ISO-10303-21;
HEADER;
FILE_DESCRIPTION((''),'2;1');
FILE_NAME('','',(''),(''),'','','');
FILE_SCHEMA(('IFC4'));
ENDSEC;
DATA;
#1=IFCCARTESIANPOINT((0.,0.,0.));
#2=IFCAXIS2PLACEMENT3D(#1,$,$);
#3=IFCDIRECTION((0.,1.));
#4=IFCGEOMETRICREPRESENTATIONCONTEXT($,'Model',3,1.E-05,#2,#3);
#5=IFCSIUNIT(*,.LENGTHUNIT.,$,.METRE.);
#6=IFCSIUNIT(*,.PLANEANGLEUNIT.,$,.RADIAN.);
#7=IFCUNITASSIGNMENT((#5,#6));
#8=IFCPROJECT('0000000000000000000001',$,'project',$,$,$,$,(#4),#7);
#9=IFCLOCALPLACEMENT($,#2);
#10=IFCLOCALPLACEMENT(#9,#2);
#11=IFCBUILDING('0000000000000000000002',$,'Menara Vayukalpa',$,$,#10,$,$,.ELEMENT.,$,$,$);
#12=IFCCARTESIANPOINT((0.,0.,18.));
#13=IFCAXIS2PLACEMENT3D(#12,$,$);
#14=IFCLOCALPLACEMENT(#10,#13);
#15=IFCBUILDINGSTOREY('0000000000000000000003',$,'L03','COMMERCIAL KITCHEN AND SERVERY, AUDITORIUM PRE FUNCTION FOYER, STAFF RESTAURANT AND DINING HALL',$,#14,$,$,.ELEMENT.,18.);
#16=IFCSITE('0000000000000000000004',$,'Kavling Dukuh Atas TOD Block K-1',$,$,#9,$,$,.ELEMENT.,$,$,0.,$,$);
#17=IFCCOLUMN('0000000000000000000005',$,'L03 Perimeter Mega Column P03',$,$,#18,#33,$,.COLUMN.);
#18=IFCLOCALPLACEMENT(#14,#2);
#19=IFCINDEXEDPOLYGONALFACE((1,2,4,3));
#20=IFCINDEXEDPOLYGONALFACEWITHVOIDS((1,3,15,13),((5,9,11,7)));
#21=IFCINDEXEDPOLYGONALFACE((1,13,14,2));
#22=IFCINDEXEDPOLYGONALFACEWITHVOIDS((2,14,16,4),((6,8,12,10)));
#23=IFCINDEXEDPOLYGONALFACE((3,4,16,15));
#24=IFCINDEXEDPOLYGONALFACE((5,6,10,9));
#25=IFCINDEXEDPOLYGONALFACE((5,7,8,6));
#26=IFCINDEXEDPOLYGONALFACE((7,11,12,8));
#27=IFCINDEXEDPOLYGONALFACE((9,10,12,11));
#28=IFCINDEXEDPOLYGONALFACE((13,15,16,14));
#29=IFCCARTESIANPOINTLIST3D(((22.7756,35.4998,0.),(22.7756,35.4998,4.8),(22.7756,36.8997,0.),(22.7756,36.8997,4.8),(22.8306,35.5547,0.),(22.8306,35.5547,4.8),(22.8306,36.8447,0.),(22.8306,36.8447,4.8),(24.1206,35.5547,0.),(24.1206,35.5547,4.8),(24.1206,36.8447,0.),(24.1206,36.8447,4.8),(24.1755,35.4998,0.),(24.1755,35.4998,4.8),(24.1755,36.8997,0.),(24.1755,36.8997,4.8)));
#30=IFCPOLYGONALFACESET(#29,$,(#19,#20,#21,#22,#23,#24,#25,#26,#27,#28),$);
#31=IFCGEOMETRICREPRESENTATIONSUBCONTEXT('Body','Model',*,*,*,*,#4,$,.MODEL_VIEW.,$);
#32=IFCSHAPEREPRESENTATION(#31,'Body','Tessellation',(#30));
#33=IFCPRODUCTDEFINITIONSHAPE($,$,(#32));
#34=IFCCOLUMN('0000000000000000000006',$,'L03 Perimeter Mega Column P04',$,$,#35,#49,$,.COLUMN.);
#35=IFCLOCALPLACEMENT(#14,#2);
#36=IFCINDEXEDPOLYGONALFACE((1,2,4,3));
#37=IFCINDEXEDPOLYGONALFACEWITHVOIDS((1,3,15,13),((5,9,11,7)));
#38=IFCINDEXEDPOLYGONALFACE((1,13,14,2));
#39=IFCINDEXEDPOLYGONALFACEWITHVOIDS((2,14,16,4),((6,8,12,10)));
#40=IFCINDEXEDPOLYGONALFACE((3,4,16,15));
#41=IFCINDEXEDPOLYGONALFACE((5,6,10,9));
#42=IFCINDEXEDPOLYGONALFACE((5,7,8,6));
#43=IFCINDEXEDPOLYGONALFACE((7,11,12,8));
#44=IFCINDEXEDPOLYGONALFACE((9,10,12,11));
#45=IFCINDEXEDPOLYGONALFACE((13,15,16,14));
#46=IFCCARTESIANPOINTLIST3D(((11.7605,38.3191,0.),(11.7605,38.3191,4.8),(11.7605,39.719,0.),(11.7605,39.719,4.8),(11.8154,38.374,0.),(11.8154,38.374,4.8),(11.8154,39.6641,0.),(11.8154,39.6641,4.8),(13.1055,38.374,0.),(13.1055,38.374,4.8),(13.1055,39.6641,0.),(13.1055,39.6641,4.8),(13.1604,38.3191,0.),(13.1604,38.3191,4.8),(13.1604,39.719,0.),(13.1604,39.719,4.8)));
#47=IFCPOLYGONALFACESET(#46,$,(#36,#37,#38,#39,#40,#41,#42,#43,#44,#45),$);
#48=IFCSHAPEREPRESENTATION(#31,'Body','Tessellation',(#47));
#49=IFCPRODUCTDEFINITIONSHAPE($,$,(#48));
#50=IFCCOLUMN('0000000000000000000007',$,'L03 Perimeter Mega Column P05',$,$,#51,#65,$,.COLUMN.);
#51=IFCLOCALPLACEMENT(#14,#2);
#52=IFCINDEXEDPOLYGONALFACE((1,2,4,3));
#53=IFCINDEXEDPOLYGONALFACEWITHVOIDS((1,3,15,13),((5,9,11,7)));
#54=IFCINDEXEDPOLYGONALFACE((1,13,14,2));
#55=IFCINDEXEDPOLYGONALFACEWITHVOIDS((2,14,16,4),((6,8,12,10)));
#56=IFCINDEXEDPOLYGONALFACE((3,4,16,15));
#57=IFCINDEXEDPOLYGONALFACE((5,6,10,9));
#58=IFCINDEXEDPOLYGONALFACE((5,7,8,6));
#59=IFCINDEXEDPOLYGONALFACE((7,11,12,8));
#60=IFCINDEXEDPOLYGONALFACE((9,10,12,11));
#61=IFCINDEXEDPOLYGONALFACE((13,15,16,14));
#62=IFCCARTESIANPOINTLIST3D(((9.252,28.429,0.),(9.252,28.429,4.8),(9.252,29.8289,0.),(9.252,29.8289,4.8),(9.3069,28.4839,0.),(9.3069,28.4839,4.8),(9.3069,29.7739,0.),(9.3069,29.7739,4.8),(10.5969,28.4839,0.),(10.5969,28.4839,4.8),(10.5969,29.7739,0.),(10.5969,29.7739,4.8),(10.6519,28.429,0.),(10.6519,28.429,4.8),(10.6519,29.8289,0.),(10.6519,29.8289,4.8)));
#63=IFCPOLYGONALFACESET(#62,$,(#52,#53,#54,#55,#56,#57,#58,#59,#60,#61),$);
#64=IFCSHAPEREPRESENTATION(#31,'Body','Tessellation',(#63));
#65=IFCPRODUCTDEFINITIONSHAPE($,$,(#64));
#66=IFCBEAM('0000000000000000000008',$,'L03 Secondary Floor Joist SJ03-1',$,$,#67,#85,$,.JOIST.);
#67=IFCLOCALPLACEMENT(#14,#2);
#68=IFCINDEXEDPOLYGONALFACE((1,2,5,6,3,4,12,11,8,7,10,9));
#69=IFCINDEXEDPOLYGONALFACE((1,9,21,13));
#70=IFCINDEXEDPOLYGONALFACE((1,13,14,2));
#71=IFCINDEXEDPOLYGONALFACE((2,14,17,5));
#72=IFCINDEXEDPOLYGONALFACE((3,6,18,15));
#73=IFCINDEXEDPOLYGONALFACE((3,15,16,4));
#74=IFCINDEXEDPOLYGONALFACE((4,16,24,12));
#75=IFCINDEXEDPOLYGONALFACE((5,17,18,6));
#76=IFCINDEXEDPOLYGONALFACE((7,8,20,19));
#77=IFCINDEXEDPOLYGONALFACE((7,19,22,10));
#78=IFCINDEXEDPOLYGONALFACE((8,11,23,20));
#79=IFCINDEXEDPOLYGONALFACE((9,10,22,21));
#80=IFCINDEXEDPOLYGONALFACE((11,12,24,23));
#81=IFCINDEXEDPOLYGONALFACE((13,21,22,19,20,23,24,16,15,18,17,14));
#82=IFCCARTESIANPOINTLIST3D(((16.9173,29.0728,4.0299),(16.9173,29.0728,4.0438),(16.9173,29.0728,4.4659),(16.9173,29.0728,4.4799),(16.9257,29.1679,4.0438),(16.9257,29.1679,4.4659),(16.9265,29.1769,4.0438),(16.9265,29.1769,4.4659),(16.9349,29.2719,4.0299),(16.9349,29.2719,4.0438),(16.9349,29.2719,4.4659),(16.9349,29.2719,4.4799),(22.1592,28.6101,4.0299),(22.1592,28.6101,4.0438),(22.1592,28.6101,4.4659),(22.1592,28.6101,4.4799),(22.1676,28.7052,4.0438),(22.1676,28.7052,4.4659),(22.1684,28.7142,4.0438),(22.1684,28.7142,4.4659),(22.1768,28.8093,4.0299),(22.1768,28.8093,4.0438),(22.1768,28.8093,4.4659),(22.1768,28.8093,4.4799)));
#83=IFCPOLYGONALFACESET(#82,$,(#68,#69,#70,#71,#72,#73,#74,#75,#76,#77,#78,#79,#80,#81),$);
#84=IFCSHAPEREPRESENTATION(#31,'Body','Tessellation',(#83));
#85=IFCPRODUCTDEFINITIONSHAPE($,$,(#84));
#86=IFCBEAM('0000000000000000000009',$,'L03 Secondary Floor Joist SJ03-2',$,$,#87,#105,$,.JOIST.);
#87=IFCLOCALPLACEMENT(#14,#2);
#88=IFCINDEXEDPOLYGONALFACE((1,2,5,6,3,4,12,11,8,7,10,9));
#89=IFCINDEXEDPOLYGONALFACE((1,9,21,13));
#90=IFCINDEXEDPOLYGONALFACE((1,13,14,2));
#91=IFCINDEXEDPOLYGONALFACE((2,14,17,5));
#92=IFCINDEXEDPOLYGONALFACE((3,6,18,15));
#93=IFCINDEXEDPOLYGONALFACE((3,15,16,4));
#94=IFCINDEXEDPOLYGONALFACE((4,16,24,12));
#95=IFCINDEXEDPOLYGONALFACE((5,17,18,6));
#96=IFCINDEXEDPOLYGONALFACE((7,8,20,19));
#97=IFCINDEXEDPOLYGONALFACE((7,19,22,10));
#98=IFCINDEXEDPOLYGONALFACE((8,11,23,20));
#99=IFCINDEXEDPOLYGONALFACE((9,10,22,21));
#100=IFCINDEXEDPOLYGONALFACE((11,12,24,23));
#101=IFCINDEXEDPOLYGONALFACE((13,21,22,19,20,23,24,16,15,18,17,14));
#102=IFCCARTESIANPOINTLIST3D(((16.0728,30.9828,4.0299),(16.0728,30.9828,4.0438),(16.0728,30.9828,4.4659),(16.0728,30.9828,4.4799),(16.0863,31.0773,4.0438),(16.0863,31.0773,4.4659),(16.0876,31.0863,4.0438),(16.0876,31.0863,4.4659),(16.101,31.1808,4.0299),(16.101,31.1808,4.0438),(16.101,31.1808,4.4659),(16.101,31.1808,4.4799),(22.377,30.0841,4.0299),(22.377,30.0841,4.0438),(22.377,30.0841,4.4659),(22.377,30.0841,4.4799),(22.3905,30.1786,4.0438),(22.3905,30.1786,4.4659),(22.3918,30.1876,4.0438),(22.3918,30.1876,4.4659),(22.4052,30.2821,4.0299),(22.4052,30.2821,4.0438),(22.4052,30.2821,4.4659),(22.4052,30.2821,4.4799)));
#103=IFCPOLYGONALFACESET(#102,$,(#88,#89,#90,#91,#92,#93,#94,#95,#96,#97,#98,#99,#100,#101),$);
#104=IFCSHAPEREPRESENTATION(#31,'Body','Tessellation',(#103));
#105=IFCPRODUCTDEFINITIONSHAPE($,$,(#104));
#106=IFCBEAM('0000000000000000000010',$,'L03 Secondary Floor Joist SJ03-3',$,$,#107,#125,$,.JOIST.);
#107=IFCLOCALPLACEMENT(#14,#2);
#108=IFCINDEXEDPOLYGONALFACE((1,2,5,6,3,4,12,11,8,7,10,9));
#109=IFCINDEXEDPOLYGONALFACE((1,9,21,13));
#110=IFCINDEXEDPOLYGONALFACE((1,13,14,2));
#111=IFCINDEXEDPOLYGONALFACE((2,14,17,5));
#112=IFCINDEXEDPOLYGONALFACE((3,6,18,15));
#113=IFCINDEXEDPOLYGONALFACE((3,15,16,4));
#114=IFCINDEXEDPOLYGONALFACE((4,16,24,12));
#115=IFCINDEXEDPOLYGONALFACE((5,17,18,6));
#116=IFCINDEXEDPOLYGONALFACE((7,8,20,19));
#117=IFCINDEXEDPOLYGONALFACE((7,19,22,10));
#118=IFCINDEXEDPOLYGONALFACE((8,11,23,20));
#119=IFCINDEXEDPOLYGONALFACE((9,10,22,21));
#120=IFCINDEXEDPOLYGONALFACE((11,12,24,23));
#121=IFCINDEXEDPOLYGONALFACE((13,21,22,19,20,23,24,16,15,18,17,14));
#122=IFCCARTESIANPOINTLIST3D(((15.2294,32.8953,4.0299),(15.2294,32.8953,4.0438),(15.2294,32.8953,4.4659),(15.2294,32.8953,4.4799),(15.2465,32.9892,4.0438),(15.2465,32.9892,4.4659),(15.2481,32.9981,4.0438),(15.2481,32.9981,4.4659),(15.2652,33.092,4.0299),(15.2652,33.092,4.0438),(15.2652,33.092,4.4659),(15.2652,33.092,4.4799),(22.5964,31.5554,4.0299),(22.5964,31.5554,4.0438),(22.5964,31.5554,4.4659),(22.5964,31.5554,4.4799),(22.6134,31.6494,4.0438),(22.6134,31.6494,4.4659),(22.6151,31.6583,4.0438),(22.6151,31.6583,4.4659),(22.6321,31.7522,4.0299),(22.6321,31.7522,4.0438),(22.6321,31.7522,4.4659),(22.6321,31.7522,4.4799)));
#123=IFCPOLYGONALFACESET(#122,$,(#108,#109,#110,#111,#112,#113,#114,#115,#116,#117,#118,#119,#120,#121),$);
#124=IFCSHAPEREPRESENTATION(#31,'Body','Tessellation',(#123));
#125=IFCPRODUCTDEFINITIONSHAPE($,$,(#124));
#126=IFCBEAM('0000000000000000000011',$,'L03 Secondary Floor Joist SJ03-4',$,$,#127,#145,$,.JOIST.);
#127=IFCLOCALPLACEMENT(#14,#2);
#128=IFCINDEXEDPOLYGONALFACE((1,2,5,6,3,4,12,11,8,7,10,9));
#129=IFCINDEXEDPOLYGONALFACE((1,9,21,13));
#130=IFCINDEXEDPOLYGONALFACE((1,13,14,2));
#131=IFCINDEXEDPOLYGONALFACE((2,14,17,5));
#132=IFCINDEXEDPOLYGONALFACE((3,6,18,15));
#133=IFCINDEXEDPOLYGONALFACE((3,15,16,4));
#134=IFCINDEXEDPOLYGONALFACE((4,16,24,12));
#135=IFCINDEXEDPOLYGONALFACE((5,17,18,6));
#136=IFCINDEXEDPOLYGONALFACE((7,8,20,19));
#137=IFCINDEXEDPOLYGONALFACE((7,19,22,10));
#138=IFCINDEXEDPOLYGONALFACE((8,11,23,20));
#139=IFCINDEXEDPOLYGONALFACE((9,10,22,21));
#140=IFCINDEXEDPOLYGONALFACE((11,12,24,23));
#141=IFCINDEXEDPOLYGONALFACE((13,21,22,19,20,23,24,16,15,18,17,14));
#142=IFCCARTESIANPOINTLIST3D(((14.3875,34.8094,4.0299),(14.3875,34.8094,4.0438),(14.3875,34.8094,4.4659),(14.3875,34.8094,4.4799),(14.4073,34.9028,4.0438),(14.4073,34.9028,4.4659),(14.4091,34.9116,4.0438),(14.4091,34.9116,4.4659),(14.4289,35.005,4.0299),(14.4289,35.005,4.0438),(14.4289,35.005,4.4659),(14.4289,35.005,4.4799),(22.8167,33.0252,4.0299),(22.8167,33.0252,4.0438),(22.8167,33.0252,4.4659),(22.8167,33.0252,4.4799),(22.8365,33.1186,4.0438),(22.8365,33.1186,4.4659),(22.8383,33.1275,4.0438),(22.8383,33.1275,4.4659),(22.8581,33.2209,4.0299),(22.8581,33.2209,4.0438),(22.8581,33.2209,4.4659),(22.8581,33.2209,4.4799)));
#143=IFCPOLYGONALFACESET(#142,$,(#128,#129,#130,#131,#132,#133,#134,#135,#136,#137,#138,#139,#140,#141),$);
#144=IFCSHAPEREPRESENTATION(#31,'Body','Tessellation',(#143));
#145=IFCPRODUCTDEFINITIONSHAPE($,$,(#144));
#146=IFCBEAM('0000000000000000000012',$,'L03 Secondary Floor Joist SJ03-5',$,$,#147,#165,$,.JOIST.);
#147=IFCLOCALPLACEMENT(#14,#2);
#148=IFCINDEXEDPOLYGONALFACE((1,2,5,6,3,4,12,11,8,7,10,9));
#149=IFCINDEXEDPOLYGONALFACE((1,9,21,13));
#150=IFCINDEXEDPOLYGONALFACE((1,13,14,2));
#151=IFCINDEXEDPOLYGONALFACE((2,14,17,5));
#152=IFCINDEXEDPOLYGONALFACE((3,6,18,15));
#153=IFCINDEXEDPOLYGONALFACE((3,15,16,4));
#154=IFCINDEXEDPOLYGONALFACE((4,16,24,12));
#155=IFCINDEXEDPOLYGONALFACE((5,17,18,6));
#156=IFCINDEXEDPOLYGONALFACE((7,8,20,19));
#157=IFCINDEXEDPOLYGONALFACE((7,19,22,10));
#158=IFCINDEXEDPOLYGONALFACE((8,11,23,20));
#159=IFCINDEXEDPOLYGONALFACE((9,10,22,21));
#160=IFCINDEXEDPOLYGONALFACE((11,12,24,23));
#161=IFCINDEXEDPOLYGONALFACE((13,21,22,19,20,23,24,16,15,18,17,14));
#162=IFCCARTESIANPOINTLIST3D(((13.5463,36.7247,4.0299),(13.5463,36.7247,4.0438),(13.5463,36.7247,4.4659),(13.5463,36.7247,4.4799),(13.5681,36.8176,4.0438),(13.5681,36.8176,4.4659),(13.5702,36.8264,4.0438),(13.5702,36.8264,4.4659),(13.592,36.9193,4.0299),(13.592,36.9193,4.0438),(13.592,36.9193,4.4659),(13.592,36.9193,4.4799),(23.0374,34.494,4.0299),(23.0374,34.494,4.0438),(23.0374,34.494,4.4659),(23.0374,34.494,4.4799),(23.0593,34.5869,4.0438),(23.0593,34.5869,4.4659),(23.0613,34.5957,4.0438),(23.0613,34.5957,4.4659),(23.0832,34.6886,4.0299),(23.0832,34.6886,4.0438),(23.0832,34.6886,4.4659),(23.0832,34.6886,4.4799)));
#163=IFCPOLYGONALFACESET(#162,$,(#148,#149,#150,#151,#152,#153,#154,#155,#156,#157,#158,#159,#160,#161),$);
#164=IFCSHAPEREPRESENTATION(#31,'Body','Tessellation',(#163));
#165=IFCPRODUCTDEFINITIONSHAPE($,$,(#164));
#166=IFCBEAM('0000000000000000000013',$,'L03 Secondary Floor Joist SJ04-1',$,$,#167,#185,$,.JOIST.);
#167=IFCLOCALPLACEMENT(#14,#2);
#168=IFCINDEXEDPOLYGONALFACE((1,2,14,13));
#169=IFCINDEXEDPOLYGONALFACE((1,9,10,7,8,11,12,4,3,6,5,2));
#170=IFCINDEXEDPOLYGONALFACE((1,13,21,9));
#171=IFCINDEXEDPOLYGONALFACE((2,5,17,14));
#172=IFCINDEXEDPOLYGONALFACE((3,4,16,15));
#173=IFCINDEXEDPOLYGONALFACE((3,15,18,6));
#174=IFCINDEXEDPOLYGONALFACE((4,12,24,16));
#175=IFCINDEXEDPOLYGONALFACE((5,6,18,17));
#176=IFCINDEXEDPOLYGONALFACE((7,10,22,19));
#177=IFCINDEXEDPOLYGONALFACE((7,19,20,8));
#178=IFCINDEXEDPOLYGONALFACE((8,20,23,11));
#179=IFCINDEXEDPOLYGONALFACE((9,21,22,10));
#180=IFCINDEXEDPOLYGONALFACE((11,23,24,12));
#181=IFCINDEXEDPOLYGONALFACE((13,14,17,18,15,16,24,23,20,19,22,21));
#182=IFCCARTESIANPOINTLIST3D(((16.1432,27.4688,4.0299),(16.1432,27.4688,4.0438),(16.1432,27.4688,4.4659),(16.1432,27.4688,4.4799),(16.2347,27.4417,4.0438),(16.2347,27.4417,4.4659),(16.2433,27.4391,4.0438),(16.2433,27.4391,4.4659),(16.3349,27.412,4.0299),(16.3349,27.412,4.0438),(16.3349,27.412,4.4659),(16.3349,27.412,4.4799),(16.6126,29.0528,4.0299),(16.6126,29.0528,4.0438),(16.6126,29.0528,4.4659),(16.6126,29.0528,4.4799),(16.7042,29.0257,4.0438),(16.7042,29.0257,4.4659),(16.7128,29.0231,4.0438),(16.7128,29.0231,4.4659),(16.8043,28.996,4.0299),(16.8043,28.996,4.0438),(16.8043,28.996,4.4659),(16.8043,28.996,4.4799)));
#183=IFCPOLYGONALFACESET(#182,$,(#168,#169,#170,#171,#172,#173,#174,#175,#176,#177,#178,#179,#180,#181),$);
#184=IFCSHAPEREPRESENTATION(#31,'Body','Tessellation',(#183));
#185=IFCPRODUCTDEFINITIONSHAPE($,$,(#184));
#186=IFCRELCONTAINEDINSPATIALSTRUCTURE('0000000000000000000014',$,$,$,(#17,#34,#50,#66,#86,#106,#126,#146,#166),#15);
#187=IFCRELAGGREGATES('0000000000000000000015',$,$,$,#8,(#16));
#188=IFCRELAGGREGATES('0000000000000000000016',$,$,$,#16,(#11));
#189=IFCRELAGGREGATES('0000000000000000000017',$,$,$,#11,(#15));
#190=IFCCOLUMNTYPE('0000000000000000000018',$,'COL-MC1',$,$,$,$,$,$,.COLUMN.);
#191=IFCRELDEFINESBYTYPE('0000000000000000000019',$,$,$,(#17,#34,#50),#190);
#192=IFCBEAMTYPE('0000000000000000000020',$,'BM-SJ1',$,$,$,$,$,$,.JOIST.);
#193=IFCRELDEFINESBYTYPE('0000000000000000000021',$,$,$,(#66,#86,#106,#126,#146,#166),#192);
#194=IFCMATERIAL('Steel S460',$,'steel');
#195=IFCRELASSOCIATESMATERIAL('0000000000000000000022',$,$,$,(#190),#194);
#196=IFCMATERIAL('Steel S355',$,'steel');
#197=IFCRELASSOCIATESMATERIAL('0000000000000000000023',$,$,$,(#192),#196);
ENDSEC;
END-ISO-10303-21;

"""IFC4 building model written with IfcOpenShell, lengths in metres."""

from ifc_helpers import new_model, si_unit, direction, frame, origin, origin_2d, place, context, subcontext, project, spatial, hollow_rectangle, i_section, extrude, material, material_profile, profile_set, type_object, element, save


model = new_model("IFC4")

# Units and contexts
model_context = context("Model", 3, precision=1e-05, world=origin(), true_north=direction((0.0, 1.0)))
body_context = subcontext(model_context, "Body", "Model", "MODEL_VIEW")
ifc_project = project(units=[si_unit("LENGTHUNIT", "METRE"), si_unit("PLANEANGLEUNIT", "RADIAN")], contexts=[model_context])

# Site, building, storey
site_placement = place(None, origin())
site = spatial("IfcSite", under=ifc_project, at=site_placement, Name="Kavling Dukuh Atas TOD Block K-1", CompositionType="ELEMENT", RefElevation=0.0)
building_placement = place(site_placement, origin())
building = spatial("IfcBuilding", under=site, at=building_placement, Name="Menara Vayukalpa", CompositionType="ELEMENT")
storey_placement = place(building_placement, frame((0.0, 0.0, 18.0)))
storey = spatial("IfcBuildingStorey", under=building, at=storey_placement, Name="L03", Description="COMMERCIAL KITCHEN AND SERVERY, AUDITORIUM PRE FUNCTION FOYER, STAFF RESTAURANT AND DINING HALL", CompositionType="ELEMENT", Elevation=18.0)

# Columns
ifc_material_1 = material(Name="Steel S460", Category="steel")
ifc_material_profile_1 = material_profile(ifc_material_1, hollow_rectangle(XDim=1.3999, YDim=1.3999, WallThickness=0.0549, at=origin_2d()), Name="BOX 1400x1400x55")
ifc_profile_set_1 = profile_set([ifc_material_profile_1], Name="Steel S460")
column_type = type_object("IfcColumnType", Name="COL-MC1", PredefinedType="COLUMN", material=ifc_profile_set_1)
for number, where, z_axis, x_axis, name in (
    (1, (23.4756, 36.1997, 0.0), (0.0, 0.0, 1.0), (1.0, 0.0, 0.0), "L03 Perimeter Mega Column P03"),
    (2, (12.4604, 39.019, 0.0), (0.0, 0.0, 1.0), (1.0, 0.0, 0.0), "L03 Perimeter Mega Column P04"),
    (3, (9.9519, 29.1289, 0.0), (0.0, 0.0, 1.0), (1.0, 0.0, 0.0), "L03 Perimeter Mega Column P05"),
):
    element("IfcColumn", number, at=place(storey_placement, frame(where, z_axis=z_axis, x_axis=x_axis)), inside=storey, type_object=column_type, Name=name, PredefinedType="COLUMN", context=body_context, shape_type="SweptSolid", body=[
        extrude(hollow_rectangle(XDim=1.3999, YDim=1.3999, WallThickness=0.0549, at=origin_2d()), origin(), (0.0, 0.0, 1.0), 4.8),
    ])

# Beams
ifc_material_2 = material(Name="Steel S355", Category="steel")
ifc_material_profile_2 = material_profile(ifc_material_2, i_section(OverallWidth=0.2, OverallDepth=0.45, WebThickness=0.009, FlangeThickness=0.0139, at=origin_2d()), Name="WF 450x200x9x14")
ifc_profile_set_2 = profile_set([ifc_material_profile_2], Name="Steel S355")
beam_type_1 = type_object("IfcBeamType", Name="BM-SJ1", PredefinedType="JOIST", material=ifc_profile_set_2)
beam_1_placement = place(storey_placement, frame((22.168, 28.7097, 4.2549), z_axis=(-0.996128, 0.087917, 0.0), x_axis=(-0.087917, -0.996128, 0.0)))
element("IfcBeam", 4, at=beam_1_placement, inside=storey, type_object=beam_type_1, Name="L03 Secondary Floor Joist SJ03-1", PredefinedType="JOIST", context=body_context, shape_type="SweptSolid", body=[
    extrude(i_section(OverallWidth=0.2, OverallDepth=0.45, WebThickness=0.009, FlangeThickness=0.0139, at=origin_2d()), origin(), (0.0, 0.0, 1.0), 5.2622),
])
beam_2_placement = place(storey_placement, frame((22.3911, 30.1831, 4.2549), z_axis=(-0.989992, 0.141126, 0.0), x_axis=(-0.141126, -0.989992, 0.0)))
element("IfcBeam", 5, at=beam_2_placement, inside=storey, type_object=beam_type_1, Name="L03 Secondary Floor Joist SJ03-2", PredefinedType="JOIST", context=body_context, shape_type="SweptSolid", body=[
    extrude(i_section(OverallWidth=0.2, OverallDepth=0.45, WebThickness=0.009, FlangeThickness=0.0139, at=origin_2d()), origin(), (0.0, 0.0, 1.0), 6.3679),
])
beam_3_placement = place(storey_placement, frame((22.6143, 31.6538, 4.2549), z_axis=(-0.983861, 0.178937, 0.0), x_axis=(-0.178937, -0.983861, 0.0)))
element("IfcBeam", 6, at=beam_3_placement, inside=storey, type_object=beam_type_1, Name="L03 Secondary Floor Joist SJ03-3", PredefinedType="JOIST", context=body_context, shape_type="SweptSolid", body=[
    extrude(i_section(OverallWidth=0.2, OverallDepth=0.45, WebThickness=0.009, FlangeThickness=0.0139, at=origin_2d()), origin(), (0.0, 0.0, 1.0), 7.4878),
])
beam_4_placement = place(storey_placement, frame((22.8374, 33.123, 4.2549), z_axis=(-0.978324, 0.207079, 0.0), x_axis=(-0.207079, -0.978324, 0.0)))
element("IfcBeam", 7, at=beam_4_placement, inside=storey, type_object=beam_type_1, Name="L03 Secondary Floor Joist SJ03-4", PredefinedType="JOIST", context=body_context, shape_type="SweptSolid", body=[
    extrude(i_section(OverallWidth=0.2, OverallDepth=0.45, WebThickness=0.009, FlangeThickness=0.0139, at=origin_2d()), origin(), (0.0, 0.0, 1.0), 8.616),
])
beam_5_placement = place(storey_placement, frame((23.0603, 34.5913, 4.2549), z_axis=(-0.973475, 0.228795, 0.0), x_axis=(-0.228795, -0.973475, 0.0)))
element("IfcBeam", 8, at=beam_5_placement, inside=storey, type_object=beam_type_1, Name="L03 Secondary Floor Joist SJ03-5", PredefinedType="JOIST", context=body_context, shape_type="SweptSolid", body=[
    extrude(i_section(OverallWidth=0.2, OverallDepth=0.45, WebThickness=0.009, FlangeThickness=0.0139, at=origin_2d()), origin(), (0.0, 0.0, 1.0), 9.7498),
])
beam_6_placement = place(storey_placement, frame((16.7085, 29.0244, 4.2549), z_axis=(-0.284174, -0.958773, 0.0), x_axis=(0.958773, -0.284174, 0.0)))
element("IfcBeam", 9, at=beam_6_placement, inside=storey, type_object=beam_type_1, Name="L03 Secondary Floor Joist SJ04-1", PredefinedType="JOIST", context=body_context, shape_type="SweptSolid", body=[
    extrude(i_section(OverallWidth=0.2, OverallDepth=0.45, WebThickness=0.009, FlangeThickness=0.0139, at=origin_2d()), origin(), (0.0, 0.0, 1.0), 1.6521),
])

save(model, "model.ifc")
